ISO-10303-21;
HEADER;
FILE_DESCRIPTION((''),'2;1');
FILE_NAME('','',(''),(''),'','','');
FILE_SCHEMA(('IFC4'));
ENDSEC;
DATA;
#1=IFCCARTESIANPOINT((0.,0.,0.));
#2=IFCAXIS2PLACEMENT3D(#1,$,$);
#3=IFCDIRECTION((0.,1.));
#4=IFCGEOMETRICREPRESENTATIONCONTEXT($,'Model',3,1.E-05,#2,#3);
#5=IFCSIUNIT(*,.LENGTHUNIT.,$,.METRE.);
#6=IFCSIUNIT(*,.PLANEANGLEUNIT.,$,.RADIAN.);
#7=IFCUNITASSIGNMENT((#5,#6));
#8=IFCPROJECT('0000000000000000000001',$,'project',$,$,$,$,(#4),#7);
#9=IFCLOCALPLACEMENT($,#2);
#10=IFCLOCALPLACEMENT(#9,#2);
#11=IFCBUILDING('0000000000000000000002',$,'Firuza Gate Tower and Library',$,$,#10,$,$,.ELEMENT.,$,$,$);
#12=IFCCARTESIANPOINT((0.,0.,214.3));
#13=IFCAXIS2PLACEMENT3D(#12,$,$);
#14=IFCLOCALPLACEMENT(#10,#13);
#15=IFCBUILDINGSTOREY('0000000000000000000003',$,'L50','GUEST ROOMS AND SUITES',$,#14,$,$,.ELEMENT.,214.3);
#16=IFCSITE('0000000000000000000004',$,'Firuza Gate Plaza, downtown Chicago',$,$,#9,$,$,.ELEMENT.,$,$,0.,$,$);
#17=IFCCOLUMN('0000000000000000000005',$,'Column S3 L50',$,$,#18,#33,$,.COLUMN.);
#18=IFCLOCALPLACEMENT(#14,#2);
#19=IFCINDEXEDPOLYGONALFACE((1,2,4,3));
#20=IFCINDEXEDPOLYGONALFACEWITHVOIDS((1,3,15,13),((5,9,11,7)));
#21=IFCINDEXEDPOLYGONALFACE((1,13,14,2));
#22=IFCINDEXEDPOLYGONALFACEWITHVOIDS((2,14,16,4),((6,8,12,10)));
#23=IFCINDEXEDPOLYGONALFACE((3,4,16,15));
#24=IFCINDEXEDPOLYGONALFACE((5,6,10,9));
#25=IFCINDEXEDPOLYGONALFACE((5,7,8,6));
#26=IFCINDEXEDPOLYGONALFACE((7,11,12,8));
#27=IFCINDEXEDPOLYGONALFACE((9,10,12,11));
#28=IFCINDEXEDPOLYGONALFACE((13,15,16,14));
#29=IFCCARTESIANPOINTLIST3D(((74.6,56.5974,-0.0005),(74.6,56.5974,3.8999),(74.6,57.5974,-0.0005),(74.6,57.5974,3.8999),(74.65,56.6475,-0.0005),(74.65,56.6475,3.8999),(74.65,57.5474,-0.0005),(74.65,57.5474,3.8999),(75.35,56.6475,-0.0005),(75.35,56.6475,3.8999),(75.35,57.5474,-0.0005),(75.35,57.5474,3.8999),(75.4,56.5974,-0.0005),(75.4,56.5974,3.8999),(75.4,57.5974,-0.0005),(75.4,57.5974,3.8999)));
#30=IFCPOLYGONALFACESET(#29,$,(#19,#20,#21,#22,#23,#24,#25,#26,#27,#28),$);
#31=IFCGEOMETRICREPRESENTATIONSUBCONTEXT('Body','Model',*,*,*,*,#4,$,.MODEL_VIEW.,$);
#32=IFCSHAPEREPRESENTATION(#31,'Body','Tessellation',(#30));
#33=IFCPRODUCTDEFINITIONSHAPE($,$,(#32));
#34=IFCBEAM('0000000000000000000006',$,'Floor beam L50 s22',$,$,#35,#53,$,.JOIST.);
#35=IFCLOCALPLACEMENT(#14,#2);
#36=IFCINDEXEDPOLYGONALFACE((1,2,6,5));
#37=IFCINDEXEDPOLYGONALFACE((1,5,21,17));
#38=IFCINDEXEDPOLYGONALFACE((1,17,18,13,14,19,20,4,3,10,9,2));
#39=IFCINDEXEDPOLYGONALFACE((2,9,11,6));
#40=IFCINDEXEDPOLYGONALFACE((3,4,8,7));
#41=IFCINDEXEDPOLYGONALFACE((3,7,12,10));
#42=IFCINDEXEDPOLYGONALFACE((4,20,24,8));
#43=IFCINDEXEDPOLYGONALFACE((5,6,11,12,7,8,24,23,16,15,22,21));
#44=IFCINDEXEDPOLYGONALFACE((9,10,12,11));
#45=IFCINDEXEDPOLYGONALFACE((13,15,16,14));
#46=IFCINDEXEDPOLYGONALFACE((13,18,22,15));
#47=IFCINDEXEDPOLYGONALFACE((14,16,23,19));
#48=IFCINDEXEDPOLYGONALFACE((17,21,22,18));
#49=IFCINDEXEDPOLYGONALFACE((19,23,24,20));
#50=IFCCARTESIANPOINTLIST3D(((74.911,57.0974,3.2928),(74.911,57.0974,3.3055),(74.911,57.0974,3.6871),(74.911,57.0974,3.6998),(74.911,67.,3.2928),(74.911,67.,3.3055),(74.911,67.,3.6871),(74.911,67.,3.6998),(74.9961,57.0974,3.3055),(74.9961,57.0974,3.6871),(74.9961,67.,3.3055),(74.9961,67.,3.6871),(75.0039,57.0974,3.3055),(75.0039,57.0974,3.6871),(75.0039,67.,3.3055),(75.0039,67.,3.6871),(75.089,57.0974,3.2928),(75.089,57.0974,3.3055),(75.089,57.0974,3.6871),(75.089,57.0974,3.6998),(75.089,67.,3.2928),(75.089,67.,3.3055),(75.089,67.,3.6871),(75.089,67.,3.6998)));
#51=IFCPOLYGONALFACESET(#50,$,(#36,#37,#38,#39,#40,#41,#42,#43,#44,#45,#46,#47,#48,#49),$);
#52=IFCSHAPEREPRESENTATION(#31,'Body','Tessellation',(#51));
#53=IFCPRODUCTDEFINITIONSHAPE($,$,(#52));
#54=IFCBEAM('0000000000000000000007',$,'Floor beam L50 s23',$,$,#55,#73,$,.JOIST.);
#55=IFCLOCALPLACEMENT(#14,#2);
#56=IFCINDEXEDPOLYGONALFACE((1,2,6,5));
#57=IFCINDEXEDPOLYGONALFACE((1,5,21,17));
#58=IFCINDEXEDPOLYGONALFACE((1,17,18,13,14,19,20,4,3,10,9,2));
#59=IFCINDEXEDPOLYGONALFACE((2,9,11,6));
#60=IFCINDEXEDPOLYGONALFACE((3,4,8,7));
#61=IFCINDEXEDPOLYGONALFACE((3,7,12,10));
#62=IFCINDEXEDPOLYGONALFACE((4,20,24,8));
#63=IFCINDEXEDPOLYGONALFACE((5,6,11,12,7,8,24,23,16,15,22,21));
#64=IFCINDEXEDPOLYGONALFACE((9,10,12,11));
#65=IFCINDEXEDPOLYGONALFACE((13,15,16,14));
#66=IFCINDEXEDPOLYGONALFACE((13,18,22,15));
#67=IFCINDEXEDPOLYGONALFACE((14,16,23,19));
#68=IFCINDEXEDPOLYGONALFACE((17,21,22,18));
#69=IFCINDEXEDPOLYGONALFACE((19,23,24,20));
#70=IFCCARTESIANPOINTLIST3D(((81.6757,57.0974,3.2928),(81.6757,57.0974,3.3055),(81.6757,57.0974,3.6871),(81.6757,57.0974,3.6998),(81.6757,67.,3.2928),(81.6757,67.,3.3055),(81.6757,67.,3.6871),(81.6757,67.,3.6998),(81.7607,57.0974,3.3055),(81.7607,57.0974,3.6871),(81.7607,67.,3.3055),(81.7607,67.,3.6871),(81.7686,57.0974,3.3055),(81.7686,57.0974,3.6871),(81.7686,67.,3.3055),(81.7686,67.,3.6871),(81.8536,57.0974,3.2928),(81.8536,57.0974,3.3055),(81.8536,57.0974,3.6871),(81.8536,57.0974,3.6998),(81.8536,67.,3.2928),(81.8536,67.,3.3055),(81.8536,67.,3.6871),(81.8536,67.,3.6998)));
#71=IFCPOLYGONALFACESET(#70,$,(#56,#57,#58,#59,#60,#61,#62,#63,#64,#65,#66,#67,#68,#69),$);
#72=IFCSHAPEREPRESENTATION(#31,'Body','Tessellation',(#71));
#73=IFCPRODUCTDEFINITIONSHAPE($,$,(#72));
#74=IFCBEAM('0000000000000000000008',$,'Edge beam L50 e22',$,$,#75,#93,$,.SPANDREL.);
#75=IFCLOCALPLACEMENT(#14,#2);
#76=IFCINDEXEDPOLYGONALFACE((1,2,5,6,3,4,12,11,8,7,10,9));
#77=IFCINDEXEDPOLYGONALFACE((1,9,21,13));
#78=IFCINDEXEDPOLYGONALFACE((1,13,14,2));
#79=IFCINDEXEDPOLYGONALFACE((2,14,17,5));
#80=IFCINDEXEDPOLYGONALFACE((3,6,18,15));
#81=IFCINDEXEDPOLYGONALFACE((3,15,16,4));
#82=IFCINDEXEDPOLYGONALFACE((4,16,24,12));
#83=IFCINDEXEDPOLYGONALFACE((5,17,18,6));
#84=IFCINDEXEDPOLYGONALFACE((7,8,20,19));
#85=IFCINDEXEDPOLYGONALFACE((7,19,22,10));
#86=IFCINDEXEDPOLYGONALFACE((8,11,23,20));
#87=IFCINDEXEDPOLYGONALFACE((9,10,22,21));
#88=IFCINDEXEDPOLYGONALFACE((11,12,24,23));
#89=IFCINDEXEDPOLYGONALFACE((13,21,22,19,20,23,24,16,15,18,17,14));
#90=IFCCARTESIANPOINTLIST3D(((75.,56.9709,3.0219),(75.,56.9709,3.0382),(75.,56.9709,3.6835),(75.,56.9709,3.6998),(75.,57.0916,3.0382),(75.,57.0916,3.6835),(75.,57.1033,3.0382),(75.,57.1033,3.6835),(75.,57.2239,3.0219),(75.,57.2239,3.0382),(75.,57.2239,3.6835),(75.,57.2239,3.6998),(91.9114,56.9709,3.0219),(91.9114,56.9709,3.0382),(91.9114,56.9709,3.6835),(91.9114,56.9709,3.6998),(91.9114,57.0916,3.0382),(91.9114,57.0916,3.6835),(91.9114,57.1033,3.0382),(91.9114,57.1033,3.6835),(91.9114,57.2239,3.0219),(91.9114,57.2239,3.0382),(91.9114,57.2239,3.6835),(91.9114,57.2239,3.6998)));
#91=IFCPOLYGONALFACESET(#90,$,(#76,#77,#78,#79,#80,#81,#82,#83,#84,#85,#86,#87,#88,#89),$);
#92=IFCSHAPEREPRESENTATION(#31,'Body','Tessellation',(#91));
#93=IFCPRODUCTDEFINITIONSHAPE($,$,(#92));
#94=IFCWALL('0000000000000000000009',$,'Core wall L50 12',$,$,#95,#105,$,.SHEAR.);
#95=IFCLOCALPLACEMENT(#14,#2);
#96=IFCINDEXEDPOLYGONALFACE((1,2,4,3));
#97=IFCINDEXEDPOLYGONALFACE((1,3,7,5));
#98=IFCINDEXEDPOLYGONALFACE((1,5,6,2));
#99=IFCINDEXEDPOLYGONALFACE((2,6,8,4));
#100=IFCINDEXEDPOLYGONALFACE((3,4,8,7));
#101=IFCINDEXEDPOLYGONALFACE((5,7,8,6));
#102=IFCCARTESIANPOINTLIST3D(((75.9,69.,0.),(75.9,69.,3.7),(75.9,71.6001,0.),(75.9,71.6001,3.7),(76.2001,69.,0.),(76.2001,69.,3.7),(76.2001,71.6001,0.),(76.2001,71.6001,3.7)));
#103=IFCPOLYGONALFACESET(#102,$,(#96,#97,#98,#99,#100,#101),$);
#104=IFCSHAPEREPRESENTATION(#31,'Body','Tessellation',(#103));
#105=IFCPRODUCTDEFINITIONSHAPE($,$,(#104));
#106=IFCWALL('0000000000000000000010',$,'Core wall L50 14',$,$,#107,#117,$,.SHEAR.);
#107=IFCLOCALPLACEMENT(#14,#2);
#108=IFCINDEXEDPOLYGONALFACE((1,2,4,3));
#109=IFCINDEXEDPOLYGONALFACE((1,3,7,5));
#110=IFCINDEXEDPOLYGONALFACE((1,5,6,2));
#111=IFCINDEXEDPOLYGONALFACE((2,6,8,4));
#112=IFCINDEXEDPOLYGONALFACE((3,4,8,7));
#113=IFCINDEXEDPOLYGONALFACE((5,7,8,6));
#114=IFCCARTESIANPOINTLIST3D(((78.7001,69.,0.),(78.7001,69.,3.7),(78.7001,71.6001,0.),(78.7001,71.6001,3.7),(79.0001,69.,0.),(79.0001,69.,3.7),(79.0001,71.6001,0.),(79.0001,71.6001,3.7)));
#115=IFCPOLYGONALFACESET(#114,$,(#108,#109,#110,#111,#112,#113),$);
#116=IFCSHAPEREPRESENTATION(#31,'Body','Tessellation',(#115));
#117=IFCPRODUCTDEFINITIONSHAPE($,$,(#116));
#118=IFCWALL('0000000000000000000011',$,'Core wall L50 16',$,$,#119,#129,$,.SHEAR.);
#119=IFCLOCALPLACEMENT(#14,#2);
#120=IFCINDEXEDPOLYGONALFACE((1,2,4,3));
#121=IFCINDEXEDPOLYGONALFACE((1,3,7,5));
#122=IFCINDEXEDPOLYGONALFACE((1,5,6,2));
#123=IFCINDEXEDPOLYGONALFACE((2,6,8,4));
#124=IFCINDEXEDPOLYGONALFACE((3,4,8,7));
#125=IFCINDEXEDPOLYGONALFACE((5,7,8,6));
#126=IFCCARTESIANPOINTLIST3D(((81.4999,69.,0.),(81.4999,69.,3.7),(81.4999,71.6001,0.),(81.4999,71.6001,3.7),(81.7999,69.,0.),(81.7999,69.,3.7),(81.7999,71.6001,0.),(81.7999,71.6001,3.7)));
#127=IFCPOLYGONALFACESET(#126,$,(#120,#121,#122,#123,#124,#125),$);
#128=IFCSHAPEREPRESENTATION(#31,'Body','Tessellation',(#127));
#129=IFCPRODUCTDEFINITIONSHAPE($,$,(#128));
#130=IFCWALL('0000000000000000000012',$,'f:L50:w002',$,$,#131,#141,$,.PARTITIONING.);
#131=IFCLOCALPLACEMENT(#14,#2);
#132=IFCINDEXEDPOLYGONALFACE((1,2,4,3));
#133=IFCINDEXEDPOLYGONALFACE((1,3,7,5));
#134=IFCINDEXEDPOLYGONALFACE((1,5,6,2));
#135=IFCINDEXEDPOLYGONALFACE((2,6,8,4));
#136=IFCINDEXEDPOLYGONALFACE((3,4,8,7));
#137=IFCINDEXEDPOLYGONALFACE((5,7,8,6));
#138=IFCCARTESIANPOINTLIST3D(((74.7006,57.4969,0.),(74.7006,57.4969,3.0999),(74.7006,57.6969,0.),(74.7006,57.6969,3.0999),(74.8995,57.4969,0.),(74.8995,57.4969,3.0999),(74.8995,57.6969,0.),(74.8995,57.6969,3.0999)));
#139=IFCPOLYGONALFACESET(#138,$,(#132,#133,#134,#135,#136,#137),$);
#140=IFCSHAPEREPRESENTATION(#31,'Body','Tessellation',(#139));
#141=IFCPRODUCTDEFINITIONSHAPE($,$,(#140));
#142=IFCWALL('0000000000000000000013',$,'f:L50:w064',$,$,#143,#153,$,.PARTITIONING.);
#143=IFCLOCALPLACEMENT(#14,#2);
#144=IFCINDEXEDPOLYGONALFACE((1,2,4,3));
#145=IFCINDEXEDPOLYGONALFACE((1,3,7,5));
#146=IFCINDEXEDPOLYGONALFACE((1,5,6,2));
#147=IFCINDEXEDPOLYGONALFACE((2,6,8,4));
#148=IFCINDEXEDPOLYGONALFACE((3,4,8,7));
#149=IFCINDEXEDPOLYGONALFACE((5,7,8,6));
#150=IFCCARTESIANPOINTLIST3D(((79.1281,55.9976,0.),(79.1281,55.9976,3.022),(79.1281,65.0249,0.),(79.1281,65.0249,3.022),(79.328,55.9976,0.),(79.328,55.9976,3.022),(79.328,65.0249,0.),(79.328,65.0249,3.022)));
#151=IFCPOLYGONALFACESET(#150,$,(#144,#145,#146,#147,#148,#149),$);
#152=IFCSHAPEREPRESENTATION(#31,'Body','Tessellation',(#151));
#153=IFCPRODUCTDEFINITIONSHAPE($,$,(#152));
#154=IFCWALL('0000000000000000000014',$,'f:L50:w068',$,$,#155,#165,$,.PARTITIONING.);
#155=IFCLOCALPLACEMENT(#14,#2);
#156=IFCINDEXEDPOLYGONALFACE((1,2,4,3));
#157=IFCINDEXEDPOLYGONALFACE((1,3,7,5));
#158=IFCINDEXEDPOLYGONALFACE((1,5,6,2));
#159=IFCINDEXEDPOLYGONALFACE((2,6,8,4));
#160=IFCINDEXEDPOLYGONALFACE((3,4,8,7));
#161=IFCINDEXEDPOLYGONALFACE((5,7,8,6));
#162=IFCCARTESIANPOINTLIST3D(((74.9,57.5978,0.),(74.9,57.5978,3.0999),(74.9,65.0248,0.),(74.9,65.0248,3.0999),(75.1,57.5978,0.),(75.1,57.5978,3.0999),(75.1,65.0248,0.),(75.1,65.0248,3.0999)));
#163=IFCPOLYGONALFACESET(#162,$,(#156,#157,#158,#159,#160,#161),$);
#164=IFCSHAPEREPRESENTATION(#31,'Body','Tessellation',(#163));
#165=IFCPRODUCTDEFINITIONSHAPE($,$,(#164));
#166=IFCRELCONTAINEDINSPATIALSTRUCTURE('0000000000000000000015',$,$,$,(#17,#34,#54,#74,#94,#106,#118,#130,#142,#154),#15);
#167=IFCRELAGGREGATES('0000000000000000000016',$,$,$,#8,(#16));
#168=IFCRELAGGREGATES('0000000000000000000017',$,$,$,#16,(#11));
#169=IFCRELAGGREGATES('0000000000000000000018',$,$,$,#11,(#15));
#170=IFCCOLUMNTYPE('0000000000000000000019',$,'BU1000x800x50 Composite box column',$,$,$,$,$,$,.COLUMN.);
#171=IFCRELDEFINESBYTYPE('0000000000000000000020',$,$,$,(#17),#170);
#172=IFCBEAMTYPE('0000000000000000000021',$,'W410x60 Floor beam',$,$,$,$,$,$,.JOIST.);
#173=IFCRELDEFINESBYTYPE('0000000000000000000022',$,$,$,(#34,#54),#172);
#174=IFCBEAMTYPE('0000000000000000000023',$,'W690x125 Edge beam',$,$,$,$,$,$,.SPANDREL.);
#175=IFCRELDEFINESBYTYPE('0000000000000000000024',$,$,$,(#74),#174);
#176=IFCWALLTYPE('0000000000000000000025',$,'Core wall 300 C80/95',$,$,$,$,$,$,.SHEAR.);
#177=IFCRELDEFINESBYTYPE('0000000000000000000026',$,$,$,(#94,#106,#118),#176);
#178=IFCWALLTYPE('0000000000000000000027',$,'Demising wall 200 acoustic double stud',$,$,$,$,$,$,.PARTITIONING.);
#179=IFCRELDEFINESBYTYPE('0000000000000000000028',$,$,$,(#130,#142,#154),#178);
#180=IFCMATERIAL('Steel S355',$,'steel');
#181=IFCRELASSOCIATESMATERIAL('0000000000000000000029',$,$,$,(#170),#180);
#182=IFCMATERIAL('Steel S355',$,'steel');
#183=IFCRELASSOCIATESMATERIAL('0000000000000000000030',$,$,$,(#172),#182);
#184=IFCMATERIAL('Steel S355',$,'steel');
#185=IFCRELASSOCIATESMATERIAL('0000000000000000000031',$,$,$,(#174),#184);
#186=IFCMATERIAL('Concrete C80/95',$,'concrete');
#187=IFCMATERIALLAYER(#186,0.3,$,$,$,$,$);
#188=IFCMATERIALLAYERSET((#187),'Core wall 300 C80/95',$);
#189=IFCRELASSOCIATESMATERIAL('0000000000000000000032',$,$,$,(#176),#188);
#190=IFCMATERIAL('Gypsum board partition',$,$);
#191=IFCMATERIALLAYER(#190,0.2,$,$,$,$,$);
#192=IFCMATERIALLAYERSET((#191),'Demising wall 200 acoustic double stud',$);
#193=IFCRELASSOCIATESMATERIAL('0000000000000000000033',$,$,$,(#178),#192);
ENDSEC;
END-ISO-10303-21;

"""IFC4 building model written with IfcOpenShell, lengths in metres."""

from ifc_helpers import new_model, si_unit, direction, frame, frame_2d, origin, origin_2d, place, context, subcontext, project, spatial, rectangle, hollow_rectangle, i_section, extrude, material, layer, layer_set, material_profile, profile_set, type_object, element, save


model = new_model("IFC4")

# Units and contexts
model_context = context("Model", 3, precision=1e-05, world=origin(), true_north=direction((0.0, 1.0)))
body_context = subcontext(model_context, "Body", "Model", "MODEL_VIEW")
ifc_project = project(units=[si_unit("LENGTHUNIT", "METRE"), si_unit("PLANEANGLEUNIT", "RADIAN")], contexts=[model_context])

# Site, building, storey
site_placement = place(None, origin())
site = spatial("IfcSite", under=ifc_project, at=site_placement, Name="Firuza Gate Plaza, downtown Chicago", CompositionType="ELEMENT", RefElevation=0.0)
building_placement = place(site_placement, origin())
building = spatial("IfcBuilding", under=site, at=building_placement, Name="Firuza Gate Tower and Library", CompositionType="ELEMENT")
storey_placement = place(building_placement, frame((0.0, 0.0, 214.3)))
storey = spatial("IfcBuildingStorey", under=building, at=storey_placement, Name="L50", Description="GUEST ROOMS AND SUITES", CompositionType="ELEMENT", Elevation=214.3)

# Column
ifc_material_1 = material(Name="Steel S355", Category="steel")
ifc_material_profile_1 = material_profile(ifc_material_1, hollow_rectangle(XDim=0.8, YDim=1.0, WallThickness=0.05, at=origin_2d()))
ifc_profile_set_1 = profile_set([ifc_material_profile_1], Name="Steel S355")
column_type = type_object("IfcColumnType", Name="BU1000x800x50 Composite box column", PredefinedType="COLUMN", material=ifc_profile_set_1)
column_placement = place(storey_placement, frame((75.0, 57.0974, -0.0005), z_axis=(0.0, 0.0, 1.0), x_axis=(1.0, 0.0, 0.0)))
element("IfcColumn", 1, at=column_placement, inside=storey, type_object=column_type, Name="Column S3 L50", PredefinedType="COLUMN", context=body_context, shape_type="SweptSolid", body=[
    extrude(hollow_rectangle(XDim=0.8, YDim=1.0, WallThickness=0.05, at=origin_2d()), origin(), (0.0, 0.0, 1.0), 3.9004),
])

# Beams
ifc_material_2 = material(Name="Steel S355", Category="steel")
ifc_material_profile_2 = material_profile(ifc_material_2, i_section(OverallWidth=0.178, OverallDepth=0.407, WebThickness=0.0078, FlangeThickness=0.0127, at=origin_2d()))
ifc_profile_set_2 = profile_set([ifc_material_profile_2], Name="Steel S355")
beam_type_1 = type_object("IfcBeamType", Name="W410x60 Floor beam", PredefinedType="JOIST", material=ifc_profile_set_2)
for number, where, z_axis, x_axis, name in (
    (2, (75.0, 57.0974, 3.4963), (0.0, 1.0, 0.0), (-1.0, 0.0, 0.0), "Floor beam L50 s22"),
    (3, (81.7646, 57.0974, 3.4963), (0.0, 1.0, 0.0), (-1.0, 0.0, 0.0), "Floor beam L50 s23"),
):
    element("IfcBeam", number, at=place(storey_placement, frame(where, z_axis=z_axis, x_axis=x_axis)), inside=storey, type_object=beam_type_1, Name=name, PredefinedType="JOIST", context=body_context, shape_type="SweptSolid", body=[
        extrude(i_section(OverallWidth=0.178, OverallDepth=0.407, WebThickness=0.0078, FlangeThickness=0.0127, at=origin_2d()), origin(), (0.0, 0.0, 1.0), 9.9026),
    ])
ifc_material_3 = material(Name="Steel S355", Category="steel")
ifc_material_profile_3 = material_profile(ifc_material_3, i_section(OverallWidth=0.2529, OverallDepth=0.678, WebThickness=0.0117, FlangeThickness=0.0164, at=origin_2d()))
ifc_profile_set_3 = profile_set([ifc_material_profile_3], Name="Steel S355")
beam_type_2 = type_object("IfcBeamType", Name="W690x125 Edge beam", PredefinedType="SPANDREL", material=ifc_profile_set_3)
beam_placement = place(storey_placement, frame((75.0, 57.0974, 3.3608), z_axis=(1.0, 0.0, 0.0), x_axis=(0.0, 1.0, 0.0)))
element("IfcBeam", 4, at=beam_placement, inside=storey, type_object=beam_type_2, Name="Edge beam L50 e22", PredefinedType="SPANDREL", context=body_context, shape_type="SweptSolid", body=[
    extrude(i_section(OverallWidth=0.2529, OverallDepth=0.678, WebThickness=0.0117, FlangeThickness=0.0164, at=origin_2d()), origin(), (0.0, 0.0, 1.0), 16.9114),
])

# Walls
ifc_material_4 = material(Name="Concrete C80/95", Category="concrete")
ifc_layer_1 = layer(ifc_material_4, 0.3)
ifc_layer_set_1 = layer_set([ifc_layer_1], Name="Core wall 300 C80/95")
wall_type_1 = type_object("IfcWallType", Name="Core wall 300 C80/95", PredefinedType="SHEAR", material=ifc_layer_set_1)
for number, where, z_axis, x_axis, name in (
    (5, (76.05, 69.0, 0.0), (0.0, 0.0, 1.0), (0.0, 1.0, 0.0), "Core wall L50 12"),
    (6, (78.8501, 69.0, 0.0), (0.0, 0.0, 1.0), (0.0, 1.0, 0.0), "Core wall L50 14"),
    (7, (81.6499, 69.0, 0.0), (0.0, 0.0, 1.0), (0.0, 1.0, 0.0), "Core wall L50 16"),
):
    element("IfcWall", number, at=place(storey_placement, frame(where, z_axis=z_axis, x_axis=x_axis)), inside=storey, type_object=wall_type_1, Name=name, PredefinedType="SHEAR", context=body_context, shape_type="SweptSolid", body=[
        extrude(rectangle(XDim=2.6001, YDim=0.3, at=frame_2d((1.3, 0.0))), origin(), (0.0, 0.0, 1.0), 3.7),
    ])
ifc_material_5 = material(Name="Gypsum board partition")
ifc_layer_2 = layer(ifc_material_5, 0.2)
ifc_layer_set_2 = layer_set([ifc_layer_2], Name="Demising wall 200 acoustic double stud")
wall_type_2 = type_object("IfcWallType", Name="Demising wall 200 acoustic double stud", PredefinedType="PARTITIONING", material=ifc_layer_set_2)
wall_1_placement = place(storey_placement, frame((74.7004, 57.5969, 0.0), z_axis=(0.0, 0.0, 1.0), x_axis=(1.0, 0.0, 0.0)))
element("IfcWall", 8, at=wall_1_placement, inside=storey, type_object=wall_type_2, Name="f:L50:w002", PredefinedType="PARTITIONING", context=body_context, shape_type="SweptSolid", body=[
    extrude(rectangle(XDim=0.199, YDim=0.2, at=frame_2d((0.0996, 0.0))), origin(), (0.0, 0.0, 1.0), 3.0999),
])
wall_2_placement = place(storey_placement, frame((79.228, 55.9976, 0.0), z_axis=(0.0, 0.0, 1.0), x_axis=(0.0, 1.0, 0.0)))
element("IfcWall", 9, at=wall_2_placement, inside=storey, type_object=wall_type_2, Name="f:L50:w064", PredefinedType="PARTITIONING", context=body_context, shape_type="SweptSolid", body=[
    extrude(rectangle(XDim=9.0273, YDim=0.2, at=frame_2d((4.5137, 0.0))), origin(), (0.0, 0.0, 1.0), 3.022),
])
wall_3_placement = place(storey_placement, frame((75.0, 57.5979, 0.0), z_axis=(0.0, 0.0, 1.0), x_axis=(0.0, 1.0, 0.0)))
element("IfcWall", 10, at=wall_3_placement, inside=storey, type_object=wall_type_2, Name="f:L50:w068", PredefinedType="PARTITIONING", context=body_context, shape_type="SweptSolid", body=[
    extrude(rectangle(XDim=7.427, YDim=0.2, at=frame_2d((3.7134, 0.0))), origin(), (0.0, 0.0, 1.0), 3.0999),
])

save(model, "model.ifc")
